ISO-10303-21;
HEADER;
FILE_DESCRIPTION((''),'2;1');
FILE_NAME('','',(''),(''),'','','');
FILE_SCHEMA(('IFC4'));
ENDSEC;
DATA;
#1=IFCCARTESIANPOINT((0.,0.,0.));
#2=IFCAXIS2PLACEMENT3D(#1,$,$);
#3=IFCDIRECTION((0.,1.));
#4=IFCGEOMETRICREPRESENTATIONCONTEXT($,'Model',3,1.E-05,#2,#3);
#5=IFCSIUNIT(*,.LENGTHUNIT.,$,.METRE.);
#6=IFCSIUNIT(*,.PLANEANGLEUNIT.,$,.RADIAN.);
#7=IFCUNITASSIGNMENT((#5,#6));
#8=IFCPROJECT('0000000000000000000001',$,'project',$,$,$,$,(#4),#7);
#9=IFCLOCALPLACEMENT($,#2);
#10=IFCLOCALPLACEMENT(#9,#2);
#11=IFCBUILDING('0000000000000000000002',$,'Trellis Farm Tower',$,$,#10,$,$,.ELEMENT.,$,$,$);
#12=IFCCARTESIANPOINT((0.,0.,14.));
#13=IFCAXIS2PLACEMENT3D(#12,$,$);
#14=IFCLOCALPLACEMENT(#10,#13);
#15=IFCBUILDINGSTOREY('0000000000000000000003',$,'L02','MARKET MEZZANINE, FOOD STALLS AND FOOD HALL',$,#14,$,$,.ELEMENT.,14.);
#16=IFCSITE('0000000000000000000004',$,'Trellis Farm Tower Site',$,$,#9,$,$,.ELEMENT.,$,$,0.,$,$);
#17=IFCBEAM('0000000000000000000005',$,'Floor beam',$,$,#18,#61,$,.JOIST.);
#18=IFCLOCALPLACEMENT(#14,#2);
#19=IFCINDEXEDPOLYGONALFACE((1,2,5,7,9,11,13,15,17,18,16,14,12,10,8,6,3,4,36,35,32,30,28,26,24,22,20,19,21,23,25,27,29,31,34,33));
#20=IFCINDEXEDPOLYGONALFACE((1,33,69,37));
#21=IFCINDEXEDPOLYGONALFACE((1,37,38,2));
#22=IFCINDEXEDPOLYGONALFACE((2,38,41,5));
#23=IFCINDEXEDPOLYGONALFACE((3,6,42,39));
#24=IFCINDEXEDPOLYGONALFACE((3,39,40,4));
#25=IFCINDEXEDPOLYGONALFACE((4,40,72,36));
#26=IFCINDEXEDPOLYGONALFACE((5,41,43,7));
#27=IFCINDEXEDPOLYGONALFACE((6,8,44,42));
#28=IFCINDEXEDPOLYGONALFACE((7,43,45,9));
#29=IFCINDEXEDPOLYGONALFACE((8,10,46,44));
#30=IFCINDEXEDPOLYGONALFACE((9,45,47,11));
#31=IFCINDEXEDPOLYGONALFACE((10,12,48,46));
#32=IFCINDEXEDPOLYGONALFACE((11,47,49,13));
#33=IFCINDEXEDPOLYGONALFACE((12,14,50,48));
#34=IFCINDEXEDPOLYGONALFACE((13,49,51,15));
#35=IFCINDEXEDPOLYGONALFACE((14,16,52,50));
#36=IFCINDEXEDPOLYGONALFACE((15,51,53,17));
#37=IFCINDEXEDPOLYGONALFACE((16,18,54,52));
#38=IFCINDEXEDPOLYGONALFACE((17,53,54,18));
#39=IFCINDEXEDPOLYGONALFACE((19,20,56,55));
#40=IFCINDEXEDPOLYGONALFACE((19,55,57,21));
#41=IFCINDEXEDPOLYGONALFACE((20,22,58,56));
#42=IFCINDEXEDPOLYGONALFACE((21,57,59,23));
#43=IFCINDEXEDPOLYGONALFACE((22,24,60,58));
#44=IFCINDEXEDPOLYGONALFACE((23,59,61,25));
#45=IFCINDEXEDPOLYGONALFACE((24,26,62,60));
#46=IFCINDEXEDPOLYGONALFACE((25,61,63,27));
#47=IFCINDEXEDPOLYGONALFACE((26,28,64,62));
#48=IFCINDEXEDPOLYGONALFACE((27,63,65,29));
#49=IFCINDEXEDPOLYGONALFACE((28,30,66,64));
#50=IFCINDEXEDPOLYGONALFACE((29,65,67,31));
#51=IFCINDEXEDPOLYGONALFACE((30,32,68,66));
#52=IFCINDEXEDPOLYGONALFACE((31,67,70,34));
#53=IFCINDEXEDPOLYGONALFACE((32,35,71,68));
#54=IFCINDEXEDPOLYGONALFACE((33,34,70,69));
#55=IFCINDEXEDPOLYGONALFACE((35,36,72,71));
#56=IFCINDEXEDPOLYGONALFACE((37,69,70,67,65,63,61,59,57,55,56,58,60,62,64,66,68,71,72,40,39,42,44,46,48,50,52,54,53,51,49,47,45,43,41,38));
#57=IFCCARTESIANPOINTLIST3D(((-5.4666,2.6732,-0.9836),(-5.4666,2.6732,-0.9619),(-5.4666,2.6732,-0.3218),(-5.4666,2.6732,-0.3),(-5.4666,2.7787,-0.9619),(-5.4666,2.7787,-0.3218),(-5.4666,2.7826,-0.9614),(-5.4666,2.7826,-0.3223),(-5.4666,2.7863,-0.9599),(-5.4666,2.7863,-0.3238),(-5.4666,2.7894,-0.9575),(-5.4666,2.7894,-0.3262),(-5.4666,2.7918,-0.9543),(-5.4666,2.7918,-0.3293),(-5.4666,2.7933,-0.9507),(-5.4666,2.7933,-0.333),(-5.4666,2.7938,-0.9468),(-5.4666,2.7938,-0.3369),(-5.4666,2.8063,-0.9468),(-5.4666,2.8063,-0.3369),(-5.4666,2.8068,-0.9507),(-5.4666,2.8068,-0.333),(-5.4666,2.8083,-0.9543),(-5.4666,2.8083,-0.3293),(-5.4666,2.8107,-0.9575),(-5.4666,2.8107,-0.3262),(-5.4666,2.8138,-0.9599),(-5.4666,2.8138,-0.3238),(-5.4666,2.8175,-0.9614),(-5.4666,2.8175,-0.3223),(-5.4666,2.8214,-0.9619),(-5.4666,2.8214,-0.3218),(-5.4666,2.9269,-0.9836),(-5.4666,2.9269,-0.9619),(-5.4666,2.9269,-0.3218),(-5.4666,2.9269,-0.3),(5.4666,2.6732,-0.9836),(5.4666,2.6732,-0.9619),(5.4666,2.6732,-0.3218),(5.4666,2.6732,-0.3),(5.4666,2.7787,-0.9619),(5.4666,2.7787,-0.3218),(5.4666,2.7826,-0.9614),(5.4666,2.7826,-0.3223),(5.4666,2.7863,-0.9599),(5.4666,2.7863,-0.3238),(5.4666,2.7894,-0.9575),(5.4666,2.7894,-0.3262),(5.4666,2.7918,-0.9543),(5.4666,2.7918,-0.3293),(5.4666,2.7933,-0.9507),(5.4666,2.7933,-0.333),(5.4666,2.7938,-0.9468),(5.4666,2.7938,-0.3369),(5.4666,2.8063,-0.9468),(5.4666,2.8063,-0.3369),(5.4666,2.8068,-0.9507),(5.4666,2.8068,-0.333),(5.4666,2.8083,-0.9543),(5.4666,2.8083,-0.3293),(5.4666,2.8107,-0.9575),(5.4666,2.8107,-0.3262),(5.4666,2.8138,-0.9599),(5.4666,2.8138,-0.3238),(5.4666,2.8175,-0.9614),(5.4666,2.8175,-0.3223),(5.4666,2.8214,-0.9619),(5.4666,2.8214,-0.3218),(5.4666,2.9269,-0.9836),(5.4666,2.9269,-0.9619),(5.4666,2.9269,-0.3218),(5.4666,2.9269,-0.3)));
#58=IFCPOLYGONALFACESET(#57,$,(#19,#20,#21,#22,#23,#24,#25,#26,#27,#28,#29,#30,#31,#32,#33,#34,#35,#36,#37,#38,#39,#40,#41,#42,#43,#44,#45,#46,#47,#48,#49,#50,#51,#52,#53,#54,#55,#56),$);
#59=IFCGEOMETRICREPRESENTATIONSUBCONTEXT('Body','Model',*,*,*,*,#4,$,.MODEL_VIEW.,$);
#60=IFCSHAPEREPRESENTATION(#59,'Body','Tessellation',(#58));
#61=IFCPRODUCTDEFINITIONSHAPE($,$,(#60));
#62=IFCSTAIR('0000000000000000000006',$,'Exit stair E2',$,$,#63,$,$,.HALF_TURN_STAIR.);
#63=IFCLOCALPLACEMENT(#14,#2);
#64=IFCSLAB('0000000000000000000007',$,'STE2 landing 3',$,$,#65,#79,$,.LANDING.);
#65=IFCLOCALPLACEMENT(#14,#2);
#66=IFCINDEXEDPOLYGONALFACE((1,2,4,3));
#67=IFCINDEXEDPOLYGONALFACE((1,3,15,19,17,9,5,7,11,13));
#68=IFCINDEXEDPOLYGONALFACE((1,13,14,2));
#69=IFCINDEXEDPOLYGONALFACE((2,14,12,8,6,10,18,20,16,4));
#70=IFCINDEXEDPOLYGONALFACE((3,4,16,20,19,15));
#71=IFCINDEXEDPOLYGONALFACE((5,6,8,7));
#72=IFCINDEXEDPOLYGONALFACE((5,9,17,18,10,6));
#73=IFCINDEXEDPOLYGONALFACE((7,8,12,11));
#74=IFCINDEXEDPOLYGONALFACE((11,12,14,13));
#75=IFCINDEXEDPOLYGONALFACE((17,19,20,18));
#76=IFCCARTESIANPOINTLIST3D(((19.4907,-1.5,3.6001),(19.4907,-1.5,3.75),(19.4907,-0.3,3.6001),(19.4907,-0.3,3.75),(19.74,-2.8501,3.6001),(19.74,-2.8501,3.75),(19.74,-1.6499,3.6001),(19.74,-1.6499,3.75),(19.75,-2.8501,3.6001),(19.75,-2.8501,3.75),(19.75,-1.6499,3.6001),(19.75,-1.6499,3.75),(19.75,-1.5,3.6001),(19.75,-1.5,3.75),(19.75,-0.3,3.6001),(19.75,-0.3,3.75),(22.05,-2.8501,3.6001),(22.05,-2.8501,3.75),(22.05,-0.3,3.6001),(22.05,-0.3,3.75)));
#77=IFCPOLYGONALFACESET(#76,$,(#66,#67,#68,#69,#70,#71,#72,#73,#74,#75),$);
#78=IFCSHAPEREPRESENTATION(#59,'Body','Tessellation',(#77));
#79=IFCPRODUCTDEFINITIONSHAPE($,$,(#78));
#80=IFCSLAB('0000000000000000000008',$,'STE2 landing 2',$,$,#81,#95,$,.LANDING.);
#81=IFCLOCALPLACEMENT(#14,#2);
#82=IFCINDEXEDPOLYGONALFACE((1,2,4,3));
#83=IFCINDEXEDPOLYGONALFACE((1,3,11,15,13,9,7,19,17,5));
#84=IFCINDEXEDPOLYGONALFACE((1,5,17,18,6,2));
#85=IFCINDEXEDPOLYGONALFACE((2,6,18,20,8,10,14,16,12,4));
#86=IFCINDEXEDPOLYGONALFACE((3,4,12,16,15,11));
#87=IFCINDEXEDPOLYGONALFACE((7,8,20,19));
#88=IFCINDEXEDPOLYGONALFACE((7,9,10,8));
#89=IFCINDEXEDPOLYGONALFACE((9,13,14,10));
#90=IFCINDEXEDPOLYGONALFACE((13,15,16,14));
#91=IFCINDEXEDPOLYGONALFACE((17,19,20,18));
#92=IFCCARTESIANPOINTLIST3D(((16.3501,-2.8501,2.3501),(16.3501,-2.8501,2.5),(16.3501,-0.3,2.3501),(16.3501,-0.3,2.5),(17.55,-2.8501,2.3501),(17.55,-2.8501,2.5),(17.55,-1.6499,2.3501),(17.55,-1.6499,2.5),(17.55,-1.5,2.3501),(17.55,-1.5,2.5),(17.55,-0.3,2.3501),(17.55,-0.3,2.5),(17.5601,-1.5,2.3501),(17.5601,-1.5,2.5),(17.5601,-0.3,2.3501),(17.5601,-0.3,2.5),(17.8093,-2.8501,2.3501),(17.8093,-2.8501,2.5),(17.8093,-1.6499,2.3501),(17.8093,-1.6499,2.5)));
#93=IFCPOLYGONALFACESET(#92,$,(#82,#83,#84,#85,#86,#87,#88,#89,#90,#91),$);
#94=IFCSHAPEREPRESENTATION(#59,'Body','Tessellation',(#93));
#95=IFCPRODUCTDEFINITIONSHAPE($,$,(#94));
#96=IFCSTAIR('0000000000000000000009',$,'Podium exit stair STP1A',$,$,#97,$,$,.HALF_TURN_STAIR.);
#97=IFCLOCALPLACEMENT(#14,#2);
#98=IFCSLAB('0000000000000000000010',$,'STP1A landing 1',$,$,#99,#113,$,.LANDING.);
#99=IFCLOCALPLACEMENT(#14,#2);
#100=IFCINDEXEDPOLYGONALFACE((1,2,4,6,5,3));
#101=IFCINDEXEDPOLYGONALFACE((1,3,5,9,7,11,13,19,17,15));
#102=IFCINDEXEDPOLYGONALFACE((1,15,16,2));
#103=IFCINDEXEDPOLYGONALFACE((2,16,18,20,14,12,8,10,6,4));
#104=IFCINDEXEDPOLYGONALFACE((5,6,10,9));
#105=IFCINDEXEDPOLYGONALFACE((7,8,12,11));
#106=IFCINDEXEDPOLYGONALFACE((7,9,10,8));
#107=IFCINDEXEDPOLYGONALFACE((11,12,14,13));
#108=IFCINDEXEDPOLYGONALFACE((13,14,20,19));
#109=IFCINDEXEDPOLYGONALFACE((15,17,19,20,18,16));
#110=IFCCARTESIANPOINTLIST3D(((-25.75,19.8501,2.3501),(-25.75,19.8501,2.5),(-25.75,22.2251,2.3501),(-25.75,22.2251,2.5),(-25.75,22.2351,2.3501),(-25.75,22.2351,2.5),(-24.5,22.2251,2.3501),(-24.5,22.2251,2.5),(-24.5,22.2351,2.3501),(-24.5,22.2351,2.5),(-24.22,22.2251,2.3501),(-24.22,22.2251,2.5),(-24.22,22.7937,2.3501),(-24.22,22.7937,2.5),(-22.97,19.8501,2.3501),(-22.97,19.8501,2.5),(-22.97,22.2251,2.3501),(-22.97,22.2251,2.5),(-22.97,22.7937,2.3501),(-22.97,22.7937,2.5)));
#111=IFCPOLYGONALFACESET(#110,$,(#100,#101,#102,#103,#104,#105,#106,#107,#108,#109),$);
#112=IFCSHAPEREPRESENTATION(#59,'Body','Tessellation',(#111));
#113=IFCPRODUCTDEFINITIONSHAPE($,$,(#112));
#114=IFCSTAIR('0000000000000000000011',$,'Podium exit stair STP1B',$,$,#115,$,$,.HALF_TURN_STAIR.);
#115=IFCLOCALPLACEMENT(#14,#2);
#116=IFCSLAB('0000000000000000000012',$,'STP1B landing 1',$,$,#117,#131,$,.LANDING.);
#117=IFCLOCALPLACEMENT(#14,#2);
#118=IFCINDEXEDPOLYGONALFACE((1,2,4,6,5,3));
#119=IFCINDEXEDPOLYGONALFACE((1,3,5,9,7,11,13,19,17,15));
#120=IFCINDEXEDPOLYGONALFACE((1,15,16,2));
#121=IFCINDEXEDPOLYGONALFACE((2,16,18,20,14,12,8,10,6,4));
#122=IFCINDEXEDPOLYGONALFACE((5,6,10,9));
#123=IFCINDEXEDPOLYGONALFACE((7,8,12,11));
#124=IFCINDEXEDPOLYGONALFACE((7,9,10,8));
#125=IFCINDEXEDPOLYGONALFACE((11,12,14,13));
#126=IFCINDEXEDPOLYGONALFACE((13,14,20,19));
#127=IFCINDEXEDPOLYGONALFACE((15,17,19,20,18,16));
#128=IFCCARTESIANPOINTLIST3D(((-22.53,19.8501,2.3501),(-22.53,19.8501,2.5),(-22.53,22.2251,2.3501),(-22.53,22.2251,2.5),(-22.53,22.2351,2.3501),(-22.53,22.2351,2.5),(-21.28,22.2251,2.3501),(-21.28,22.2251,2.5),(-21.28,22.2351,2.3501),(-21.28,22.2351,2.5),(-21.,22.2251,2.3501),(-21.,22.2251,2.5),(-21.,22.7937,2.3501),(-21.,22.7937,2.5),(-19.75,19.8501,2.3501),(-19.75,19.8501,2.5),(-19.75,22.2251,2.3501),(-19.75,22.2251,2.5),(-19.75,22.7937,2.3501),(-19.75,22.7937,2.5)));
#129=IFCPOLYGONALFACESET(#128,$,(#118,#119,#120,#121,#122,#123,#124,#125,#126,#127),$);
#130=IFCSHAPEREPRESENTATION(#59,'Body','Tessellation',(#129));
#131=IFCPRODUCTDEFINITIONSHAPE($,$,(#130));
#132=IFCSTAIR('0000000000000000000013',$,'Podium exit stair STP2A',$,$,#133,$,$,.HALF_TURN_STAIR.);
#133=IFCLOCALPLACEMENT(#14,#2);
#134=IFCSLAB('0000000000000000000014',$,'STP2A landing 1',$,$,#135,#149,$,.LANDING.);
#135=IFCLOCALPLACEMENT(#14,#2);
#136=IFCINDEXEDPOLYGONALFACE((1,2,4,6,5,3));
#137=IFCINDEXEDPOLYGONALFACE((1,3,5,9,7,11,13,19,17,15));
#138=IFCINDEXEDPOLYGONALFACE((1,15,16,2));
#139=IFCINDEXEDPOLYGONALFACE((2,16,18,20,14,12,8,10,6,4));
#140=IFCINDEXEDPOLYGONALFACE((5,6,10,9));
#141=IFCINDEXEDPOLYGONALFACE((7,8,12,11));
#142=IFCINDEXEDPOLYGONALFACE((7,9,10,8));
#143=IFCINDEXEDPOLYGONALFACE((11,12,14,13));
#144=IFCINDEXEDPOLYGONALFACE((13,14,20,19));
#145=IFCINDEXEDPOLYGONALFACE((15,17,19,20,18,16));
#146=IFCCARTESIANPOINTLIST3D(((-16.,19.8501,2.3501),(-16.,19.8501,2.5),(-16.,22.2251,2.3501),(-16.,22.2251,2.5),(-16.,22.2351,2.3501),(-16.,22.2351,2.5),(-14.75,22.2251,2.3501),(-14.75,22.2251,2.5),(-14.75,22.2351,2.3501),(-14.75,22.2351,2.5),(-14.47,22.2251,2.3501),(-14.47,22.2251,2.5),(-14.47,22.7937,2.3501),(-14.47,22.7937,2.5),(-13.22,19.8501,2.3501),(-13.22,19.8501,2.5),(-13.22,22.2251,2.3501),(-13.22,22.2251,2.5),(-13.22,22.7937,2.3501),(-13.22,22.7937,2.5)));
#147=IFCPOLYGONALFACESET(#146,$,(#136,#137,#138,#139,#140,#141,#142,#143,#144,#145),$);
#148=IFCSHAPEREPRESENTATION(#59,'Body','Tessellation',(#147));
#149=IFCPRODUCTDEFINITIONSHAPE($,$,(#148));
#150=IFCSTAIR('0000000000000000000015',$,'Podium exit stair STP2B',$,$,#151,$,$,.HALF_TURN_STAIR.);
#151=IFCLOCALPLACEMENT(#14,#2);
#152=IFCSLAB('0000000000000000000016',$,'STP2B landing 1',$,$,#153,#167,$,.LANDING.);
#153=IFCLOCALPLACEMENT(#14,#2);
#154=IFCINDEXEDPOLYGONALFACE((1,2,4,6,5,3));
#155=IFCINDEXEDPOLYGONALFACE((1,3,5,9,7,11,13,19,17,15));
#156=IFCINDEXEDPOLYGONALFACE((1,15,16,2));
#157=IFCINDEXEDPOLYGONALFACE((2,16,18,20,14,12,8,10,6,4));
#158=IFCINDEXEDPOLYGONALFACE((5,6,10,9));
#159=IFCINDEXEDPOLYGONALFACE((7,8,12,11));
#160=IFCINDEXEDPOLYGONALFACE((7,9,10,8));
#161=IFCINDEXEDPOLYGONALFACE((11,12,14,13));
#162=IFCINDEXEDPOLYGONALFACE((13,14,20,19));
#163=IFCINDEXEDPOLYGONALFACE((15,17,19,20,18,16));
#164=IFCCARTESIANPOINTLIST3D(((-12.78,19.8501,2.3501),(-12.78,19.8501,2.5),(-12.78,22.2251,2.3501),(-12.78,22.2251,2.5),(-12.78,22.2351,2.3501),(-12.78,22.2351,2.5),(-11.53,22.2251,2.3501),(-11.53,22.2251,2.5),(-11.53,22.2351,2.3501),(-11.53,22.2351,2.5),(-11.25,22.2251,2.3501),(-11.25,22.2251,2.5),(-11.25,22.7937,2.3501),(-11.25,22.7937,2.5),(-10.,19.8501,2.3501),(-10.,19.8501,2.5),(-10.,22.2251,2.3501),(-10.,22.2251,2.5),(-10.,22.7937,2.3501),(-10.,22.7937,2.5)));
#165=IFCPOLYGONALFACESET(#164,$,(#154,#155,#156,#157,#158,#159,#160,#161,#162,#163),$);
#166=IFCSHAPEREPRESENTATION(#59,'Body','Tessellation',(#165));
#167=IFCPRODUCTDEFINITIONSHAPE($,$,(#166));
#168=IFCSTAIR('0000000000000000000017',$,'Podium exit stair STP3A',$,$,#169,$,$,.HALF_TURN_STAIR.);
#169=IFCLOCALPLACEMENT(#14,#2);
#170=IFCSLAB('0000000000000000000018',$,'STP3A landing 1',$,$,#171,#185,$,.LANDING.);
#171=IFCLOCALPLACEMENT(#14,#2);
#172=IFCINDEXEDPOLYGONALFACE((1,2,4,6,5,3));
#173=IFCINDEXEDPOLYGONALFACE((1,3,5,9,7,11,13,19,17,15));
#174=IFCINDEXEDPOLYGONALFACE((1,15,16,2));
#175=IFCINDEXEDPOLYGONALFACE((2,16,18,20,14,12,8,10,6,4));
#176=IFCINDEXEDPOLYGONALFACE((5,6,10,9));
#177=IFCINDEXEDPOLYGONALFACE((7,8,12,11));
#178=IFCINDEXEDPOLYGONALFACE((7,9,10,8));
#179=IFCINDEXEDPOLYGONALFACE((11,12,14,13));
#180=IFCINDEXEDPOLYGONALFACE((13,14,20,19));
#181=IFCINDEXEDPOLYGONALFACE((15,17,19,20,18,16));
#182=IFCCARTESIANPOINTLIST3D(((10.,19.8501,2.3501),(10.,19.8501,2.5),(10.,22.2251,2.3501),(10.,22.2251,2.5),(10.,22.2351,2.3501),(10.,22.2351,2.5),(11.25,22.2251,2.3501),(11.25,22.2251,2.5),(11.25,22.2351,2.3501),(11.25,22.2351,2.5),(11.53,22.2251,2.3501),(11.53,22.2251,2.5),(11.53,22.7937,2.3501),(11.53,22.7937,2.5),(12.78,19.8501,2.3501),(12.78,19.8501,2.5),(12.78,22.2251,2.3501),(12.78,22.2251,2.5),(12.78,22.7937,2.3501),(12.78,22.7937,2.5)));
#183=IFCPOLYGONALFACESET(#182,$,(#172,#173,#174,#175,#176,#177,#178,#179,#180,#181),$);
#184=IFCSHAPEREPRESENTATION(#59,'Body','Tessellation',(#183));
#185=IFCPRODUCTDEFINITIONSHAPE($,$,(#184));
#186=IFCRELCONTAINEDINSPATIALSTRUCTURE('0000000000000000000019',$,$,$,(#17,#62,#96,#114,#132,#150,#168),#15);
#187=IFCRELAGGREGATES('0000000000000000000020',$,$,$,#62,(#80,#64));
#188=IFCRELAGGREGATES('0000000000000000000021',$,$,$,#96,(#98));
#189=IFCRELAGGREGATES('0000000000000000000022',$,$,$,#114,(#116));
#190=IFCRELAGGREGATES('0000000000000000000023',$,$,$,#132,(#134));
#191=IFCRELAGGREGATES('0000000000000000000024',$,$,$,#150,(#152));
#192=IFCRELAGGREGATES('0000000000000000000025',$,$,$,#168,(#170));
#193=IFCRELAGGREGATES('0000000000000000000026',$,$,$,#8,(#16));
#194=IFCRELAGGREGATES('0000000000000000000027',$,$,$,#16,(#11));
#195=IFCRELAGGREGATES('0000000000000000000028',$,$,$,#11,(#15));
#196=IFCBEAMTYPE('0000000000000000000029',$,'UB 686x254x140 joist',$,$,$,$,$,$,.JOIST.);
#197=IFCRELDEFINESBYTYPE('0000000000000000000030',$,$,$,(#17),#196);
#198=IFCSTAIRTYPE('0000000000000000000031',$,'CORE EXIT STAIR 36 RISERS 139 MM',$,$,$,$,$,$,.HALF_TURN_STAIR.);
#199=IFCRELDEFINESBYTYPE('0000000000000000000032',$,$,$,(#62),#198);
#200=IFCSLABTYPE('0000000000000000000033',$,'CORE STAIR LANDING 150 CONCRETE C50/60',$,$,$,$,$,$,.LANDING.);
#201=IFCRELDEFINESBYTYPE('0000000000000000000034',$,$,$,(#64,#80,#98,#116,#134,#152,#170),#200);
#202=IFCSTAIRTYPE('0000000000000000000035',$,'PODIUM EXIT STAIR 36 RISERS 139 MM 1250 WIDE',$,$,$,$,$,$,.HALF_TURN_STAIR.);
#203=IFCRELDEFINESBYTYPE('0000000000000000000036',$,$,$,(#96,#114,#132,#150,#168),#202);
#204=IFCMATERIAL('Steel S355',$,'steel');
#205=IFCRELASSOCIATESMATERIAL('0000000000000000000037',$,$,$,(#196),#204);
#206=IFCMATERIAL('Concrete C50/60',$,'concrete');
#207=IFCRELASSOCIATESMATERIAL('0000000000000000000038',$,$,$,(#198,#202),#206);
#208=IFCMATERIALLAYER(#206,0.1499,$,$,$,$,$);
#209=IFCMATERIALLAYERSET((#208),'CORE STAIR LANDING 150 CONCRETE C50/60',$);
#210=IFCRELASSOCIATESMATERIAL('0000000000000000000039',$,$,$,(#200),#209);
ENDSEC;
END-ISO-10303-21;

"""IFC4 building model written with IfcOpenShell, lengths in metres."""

from ifc_helpers import new_model, si_unit, direction, frame, origin, origin_2d, place, context, subcontext, project, spatial, polyline, i_section, outline, extrude, source, transform, mapped, material, layer, layer_set, material_profile, profile_set, type_object, element, aggregate, save


model = new_model("IFC4")

# Units and contexts
model_context = context("Model", 3, precision=1e-05, world=origin(), true_north=direction((0.0, 1.0)))
body_context = subcontext(model_context, "Body", "Model", "MODEL_VIEW")
ifc_project = project(units=[si_unit("LENGTHUNIT", "METRE"), si_unit("PLANEANGLEUNIT", "RADIAN")], contexts=[model_context])

# Site, building, storey
site_placement = place(None, origin())
site = spatial("IfcSite", under=ifc_project, at=site_placement, Name="Trellis Farm Tower Site", CompositionType="ELEMENT", RefElevation=0.0)
building_placement = place(site_placement, origin())
building = spatial("IfcBuilding", under=site, at=building_placement, Name="Trellis Farm Tower", CompositionType="ELEMENT")
storey_placement = place(building_placement, frame((0.0, 0.0, 14.0)))
storey = spatial("IfcBuildingStorey", under=building, at=storey_placement, Name="L02", Description="MARKET MEZZANINE, FOOD STALLS AND FOOD HALL", CompositionType="ELEMENT", Elevation=14.0)

# Beam
ifc_material_1 = material(Name="Steel S355", Category="steel")
ifc_material_profile = material_profile(ifc_material_1, i_section(OverallWidth=0.2537, OverallDepth=0.6836, WebThickness=0.0125, FlangeThickness=0.0217, FilletRadius=0.0151, at=origin_2d()), Name="UB 686x254x140")
ifc_profile_set = profile_set([ifc_material_profile], Name="Steel S355")
beam_type = type_object("IfcBeamType", Name="UB 686x254x140 joist", PredefinedType="JOIST", material=ifc_profile_set)
shared_shape_1 = source(origin(), body_context, "Body", "SweptSolid", [
    extrude(i_section(OverallWidth=0.2537, OverallDepth=0.6836, WebThickness=0.0125, FlangeThickness=0.0217, FilletRadius=0.0151, at=origin_2d()), origin(), (0.0, 0.0, 1.0), 10.9331),
])
beam_placement = place(storey_placement, frame((-5.4666, 2.8, -0.6418), z_axis=(1.0, 0.0, 0.0), x_axis=(0.0, 1.0, 0.0)))
element("IfcBeam", 1, at=beam_placement, inside=storey, type_object=beam_type, Name="Floor beam", PredefinedType="JOIST", context=body_context, shape_type="MappedRepresentation", body=[
    mapped(shared_shape_1, transform((0.0, 0.0, 0.0))),
])

# Stair, slabs
ifc_material_2 = material(Name="Concrete C50/60", Category="concrete")
stair_type_1 = type_object("IfcStairType", Name="CORE EXIT STAIR 36 RISERS 139 MM", PredefinedType="HALF_TURN_STAIR", material=ifc_material_2)
placement_1 = place(storey_placement, origin())
stair_1 = element("IfcStair", 2, at=placement_1, inside=storey, type_object=stair_type_1, Name="Exit stair E2", PredefinedType="HALF_TURN_STAIR")
ifc_layer_1 = layer(ifc_material_2, 0.1499)
ifc_layer_set_1 = layer_set([ifc_layer_1], Name="CORE STAIR LANDING 150 CONCRETE C50/60")
slab_type = type_object("IfcSlabType", Name="CORE STAIR LANDING 150 CONCRETE C50/60", PredefinedType="LANDING", material=ifc_layer_set_1)
shared_shape_2 = source(origin(), body_context, "Body", "SweptSolid", [
    extrude(outline(polyline([(19.74, -2.8501), (19.74, -1.6499), (19.75, -1.6499), (19.75, -1.5), (19.4907, -1.5), (19.4907, -0.3), (19.75, -0.3), (22.05, -0.3), (22.05, -2.8501), (19.75, -2.8501), (19.74, -2.8501)])), origin(), (0.0, 0.0, 1.0), 0.1499),
])
slab_1_placement = place(storey_placement, frame((0.0, 0.0, 3.6001)))
slab_1 = element("IfcSlab", 3, at=slab_1_placement, type_object=slab_type, Name="STE2 landing 3", PredefinedType="LANDING", context=body_context, shape_type="MappedRepresentation", body=[
    mapped(shared_shape_2, transform((0.0, 0.0, 0.0))),
])
shared_shape_3 = source(origin(), body_context, "Body", "SweptSolid", [
    extrude(outline(polyline([(17.8093, -1.6499), (17.8093, -2.8501), (17.55, -2.8501), (16.3501, -2.8501), (16.3501, -0.3), (17.55, -0.3), (17.5601, -0.3), (17.5601, -1.5), (17.55, -1.5), (17.55, -1.6499), (17.8093, -1.6499)])), origin(), (0.0, 0.0, 1.0), 0.1499),
])
placement_2 = place(storey_placement, frame((0.0, 0.0, 2.3501)))
slab_2 = element("IfcSlab", 4, at=placement_2, type_object=slab_type, Name="STE2 landing 2", PredefinedType="LANDING", context=body_context, shape_type="MappedRepresentation", body=[
    mapped(shared_shape_3, transform((0.0, 0.0, 0.0))),
])
aggregate(stair_1, [slab_2, slab_1])

# Stairs, slabs
stair_type_2 = type_object("IfcStairType", Name="PODIUM EXIT STAIR 36 RISERS 139 MM 1250 WIDE", PredefinedType="HALF_TURN_STAIR", material=ifc_material_2)
stair_2 = element("IfcStair", 5, at=placement_1, inside=storey, type_object=stair_type_2, Name="Podium exit stair STP1A", PredefinedType="HALF_TURN_STAIR")
shared_shape_4 = source(origin(), body_context, "Body", "SweptSolid", [
    extrude(outline(polyline([(-22.97, 19.8501), (-25.75, 19.8501), (-25.75, 22.2251), (-25.75, 22.2351), (-24.5, 22.2351), (-24.5, 22.2251), (-24.22, 22.2251), (-24.22, 22.7937), (-22.97, 22.7937), (-22.97, 22.2251), (-22.97, 19.8501)])), origin(), (0.0, 0.0, 1.0), 0.1499),
])
slab_3 = element("IfcSlab", 6, at=placement_2, type_object=slab_type, Name="STP1A landing 1", PredefinedType="LANDING", context=body_context, shape_type="MappedRepresentation", body=[
    mapped(shared_shape_4, transform((0.0, 0.0, 0.0))),
])
aggregate(stair_2, [slab_3])
stair_3 = element("IfcStair", 7, at=placement_1, inside=storey, type_object=stair_type_2, Name="Podium exit stair STP1B", PredefinedType="HALF_TURN_STAIR")
shared_shape_5 = source(origin(), body_context, "Body", "SweptSolid", [
    extrude(outline(polyline([(-19.75, 19.8501), (-22.53, 19.8501), (-22.53, 22.2251), (-22.53, 22.2351), (-21.28, 22.2351), (-21.28, 22.2251), (-21.0, 22.2251), (-21.0, 22.7937), (-19.75, 22.7937), (-19.75, 22.2251), (-19.75, 19.8501)])), origin(), (0.0, 0.0, 1.0), 0.1499),
])
slab_4 = element("IfcSlab", 8, at=placement_2, type_object=slab_type, Name="STP1B landing 1", PredefinedType="LANDING", context=body_context, shape_type="MappedRepresentation", body=[
    mapped(shared_shape_5, transform((0.0, 0.0, 0.0))),
])
aggregate(stair_3, [slab_4])
stair_4 = element("IfcStair", 9, at=placement_1, inside=storey, type_object=stair_type_2, Name="Podium exit stair STP2A", PredefinedType="HALF_TURN_STAIR")
shared_shape_6 = source(origin(), body_context, "Body", "SweptSolid", [
    extrude(outline(polyline([(-13.22, 19.8501), (-16.0, 19.8501), (-16.0, 22.2251), (-16.0, 22.2351), (-14.75, 22.2351), (-14.75, 22.2251), (-14.47, 22.2251), (-14.47, 22.7937), (-13.22, 22.7937), (-13.22, 22.2251), (-13.22, 19.8501)])), origin(), (0.0, 0.0, 1.0), 0.1499),
])
slab_5 = element("IfcSlab", 10, at=placement_2, type_object=slab_type, Name="STP2A landing 1", PredefinedType="LANDING", context=body_context, shape_type="MappedRepresentation", body=[
    mapped(shared_shape_6, transform((0.0, 0.0, 0.0))),
])
aggregate(stair_4, [slab_5])
stair_5 = element("IfcStair", 11, at=placement_1, inside=storey, type_object=stair_type_2, Name="Podium exit stair STP2B", PredefinedType="HALF_TURN_STAIR")
shared_shape_7 = source(origin(), body_context, "Body", "SweptSolid", [
    extrude(outline(polyline([(-10.0, 19.8501), (-12.78, 19.8501), (-12.78, 22.2251), (-12.78, 22.2351), (-11.53, 22.2351), (-11.53, 22.2251), (-11.25, 22.2251), (-11.25, 22.7937), (-10.0, 22.7937), (-10.0, 22.2251), (-10.0, 19.8501)])), origin(), (0.0, 0.0, 1.0), 0.1499),
])
slab_6 = element("IfcSlab", 12, at=placement_2, type_object=slab_type, Name="STP2B landing 1", PredefinedType="LANDING", context=body_context, shape_type="MappedRepresentation", body=[
    mapped(shared_shape_7, transform((0.0, 0.0, 0.0))),
])
aggregate(stair_5, [slab_6])
stair_6 = element("IfcStair", 13, at=placement_1, inside=storey, type_object=stair_type_2, Name="Podium exit stair STP3A", PredefinedType="HALF_TURN_STAIR")
shared_shape_8 = source(origin(), body_context, "Body", "SweptSolid", [
    extrude(outline(polyline([(12.78, 19.8501), (10.0, 19.8501), (10.0, 22.2251), (10.0, 22.2351), (11.25, 22.2351), (11.25, 22.2251), (11.53, 22.2251), (11.53, 22.7937), (12.78, 22.7937), (12.78, 22.2251), (12.78, 19.8501)])), origin(), (0.0, 0.0, 1.0), 0.1499),
])
slab_7 = element("IfcSlab", 14, at=placement_2, type_object=slab_type, Name="STP3A landing 1", PredefinedType="LANDING", context=body_context, shape_type="MappedRepresentation", body=[
    mapped(shared_shape_8, transform((0.0, 0.0, 0.0))),
])
aggregate(stair_6, [slab_7])

save(model, "model.ifc")
